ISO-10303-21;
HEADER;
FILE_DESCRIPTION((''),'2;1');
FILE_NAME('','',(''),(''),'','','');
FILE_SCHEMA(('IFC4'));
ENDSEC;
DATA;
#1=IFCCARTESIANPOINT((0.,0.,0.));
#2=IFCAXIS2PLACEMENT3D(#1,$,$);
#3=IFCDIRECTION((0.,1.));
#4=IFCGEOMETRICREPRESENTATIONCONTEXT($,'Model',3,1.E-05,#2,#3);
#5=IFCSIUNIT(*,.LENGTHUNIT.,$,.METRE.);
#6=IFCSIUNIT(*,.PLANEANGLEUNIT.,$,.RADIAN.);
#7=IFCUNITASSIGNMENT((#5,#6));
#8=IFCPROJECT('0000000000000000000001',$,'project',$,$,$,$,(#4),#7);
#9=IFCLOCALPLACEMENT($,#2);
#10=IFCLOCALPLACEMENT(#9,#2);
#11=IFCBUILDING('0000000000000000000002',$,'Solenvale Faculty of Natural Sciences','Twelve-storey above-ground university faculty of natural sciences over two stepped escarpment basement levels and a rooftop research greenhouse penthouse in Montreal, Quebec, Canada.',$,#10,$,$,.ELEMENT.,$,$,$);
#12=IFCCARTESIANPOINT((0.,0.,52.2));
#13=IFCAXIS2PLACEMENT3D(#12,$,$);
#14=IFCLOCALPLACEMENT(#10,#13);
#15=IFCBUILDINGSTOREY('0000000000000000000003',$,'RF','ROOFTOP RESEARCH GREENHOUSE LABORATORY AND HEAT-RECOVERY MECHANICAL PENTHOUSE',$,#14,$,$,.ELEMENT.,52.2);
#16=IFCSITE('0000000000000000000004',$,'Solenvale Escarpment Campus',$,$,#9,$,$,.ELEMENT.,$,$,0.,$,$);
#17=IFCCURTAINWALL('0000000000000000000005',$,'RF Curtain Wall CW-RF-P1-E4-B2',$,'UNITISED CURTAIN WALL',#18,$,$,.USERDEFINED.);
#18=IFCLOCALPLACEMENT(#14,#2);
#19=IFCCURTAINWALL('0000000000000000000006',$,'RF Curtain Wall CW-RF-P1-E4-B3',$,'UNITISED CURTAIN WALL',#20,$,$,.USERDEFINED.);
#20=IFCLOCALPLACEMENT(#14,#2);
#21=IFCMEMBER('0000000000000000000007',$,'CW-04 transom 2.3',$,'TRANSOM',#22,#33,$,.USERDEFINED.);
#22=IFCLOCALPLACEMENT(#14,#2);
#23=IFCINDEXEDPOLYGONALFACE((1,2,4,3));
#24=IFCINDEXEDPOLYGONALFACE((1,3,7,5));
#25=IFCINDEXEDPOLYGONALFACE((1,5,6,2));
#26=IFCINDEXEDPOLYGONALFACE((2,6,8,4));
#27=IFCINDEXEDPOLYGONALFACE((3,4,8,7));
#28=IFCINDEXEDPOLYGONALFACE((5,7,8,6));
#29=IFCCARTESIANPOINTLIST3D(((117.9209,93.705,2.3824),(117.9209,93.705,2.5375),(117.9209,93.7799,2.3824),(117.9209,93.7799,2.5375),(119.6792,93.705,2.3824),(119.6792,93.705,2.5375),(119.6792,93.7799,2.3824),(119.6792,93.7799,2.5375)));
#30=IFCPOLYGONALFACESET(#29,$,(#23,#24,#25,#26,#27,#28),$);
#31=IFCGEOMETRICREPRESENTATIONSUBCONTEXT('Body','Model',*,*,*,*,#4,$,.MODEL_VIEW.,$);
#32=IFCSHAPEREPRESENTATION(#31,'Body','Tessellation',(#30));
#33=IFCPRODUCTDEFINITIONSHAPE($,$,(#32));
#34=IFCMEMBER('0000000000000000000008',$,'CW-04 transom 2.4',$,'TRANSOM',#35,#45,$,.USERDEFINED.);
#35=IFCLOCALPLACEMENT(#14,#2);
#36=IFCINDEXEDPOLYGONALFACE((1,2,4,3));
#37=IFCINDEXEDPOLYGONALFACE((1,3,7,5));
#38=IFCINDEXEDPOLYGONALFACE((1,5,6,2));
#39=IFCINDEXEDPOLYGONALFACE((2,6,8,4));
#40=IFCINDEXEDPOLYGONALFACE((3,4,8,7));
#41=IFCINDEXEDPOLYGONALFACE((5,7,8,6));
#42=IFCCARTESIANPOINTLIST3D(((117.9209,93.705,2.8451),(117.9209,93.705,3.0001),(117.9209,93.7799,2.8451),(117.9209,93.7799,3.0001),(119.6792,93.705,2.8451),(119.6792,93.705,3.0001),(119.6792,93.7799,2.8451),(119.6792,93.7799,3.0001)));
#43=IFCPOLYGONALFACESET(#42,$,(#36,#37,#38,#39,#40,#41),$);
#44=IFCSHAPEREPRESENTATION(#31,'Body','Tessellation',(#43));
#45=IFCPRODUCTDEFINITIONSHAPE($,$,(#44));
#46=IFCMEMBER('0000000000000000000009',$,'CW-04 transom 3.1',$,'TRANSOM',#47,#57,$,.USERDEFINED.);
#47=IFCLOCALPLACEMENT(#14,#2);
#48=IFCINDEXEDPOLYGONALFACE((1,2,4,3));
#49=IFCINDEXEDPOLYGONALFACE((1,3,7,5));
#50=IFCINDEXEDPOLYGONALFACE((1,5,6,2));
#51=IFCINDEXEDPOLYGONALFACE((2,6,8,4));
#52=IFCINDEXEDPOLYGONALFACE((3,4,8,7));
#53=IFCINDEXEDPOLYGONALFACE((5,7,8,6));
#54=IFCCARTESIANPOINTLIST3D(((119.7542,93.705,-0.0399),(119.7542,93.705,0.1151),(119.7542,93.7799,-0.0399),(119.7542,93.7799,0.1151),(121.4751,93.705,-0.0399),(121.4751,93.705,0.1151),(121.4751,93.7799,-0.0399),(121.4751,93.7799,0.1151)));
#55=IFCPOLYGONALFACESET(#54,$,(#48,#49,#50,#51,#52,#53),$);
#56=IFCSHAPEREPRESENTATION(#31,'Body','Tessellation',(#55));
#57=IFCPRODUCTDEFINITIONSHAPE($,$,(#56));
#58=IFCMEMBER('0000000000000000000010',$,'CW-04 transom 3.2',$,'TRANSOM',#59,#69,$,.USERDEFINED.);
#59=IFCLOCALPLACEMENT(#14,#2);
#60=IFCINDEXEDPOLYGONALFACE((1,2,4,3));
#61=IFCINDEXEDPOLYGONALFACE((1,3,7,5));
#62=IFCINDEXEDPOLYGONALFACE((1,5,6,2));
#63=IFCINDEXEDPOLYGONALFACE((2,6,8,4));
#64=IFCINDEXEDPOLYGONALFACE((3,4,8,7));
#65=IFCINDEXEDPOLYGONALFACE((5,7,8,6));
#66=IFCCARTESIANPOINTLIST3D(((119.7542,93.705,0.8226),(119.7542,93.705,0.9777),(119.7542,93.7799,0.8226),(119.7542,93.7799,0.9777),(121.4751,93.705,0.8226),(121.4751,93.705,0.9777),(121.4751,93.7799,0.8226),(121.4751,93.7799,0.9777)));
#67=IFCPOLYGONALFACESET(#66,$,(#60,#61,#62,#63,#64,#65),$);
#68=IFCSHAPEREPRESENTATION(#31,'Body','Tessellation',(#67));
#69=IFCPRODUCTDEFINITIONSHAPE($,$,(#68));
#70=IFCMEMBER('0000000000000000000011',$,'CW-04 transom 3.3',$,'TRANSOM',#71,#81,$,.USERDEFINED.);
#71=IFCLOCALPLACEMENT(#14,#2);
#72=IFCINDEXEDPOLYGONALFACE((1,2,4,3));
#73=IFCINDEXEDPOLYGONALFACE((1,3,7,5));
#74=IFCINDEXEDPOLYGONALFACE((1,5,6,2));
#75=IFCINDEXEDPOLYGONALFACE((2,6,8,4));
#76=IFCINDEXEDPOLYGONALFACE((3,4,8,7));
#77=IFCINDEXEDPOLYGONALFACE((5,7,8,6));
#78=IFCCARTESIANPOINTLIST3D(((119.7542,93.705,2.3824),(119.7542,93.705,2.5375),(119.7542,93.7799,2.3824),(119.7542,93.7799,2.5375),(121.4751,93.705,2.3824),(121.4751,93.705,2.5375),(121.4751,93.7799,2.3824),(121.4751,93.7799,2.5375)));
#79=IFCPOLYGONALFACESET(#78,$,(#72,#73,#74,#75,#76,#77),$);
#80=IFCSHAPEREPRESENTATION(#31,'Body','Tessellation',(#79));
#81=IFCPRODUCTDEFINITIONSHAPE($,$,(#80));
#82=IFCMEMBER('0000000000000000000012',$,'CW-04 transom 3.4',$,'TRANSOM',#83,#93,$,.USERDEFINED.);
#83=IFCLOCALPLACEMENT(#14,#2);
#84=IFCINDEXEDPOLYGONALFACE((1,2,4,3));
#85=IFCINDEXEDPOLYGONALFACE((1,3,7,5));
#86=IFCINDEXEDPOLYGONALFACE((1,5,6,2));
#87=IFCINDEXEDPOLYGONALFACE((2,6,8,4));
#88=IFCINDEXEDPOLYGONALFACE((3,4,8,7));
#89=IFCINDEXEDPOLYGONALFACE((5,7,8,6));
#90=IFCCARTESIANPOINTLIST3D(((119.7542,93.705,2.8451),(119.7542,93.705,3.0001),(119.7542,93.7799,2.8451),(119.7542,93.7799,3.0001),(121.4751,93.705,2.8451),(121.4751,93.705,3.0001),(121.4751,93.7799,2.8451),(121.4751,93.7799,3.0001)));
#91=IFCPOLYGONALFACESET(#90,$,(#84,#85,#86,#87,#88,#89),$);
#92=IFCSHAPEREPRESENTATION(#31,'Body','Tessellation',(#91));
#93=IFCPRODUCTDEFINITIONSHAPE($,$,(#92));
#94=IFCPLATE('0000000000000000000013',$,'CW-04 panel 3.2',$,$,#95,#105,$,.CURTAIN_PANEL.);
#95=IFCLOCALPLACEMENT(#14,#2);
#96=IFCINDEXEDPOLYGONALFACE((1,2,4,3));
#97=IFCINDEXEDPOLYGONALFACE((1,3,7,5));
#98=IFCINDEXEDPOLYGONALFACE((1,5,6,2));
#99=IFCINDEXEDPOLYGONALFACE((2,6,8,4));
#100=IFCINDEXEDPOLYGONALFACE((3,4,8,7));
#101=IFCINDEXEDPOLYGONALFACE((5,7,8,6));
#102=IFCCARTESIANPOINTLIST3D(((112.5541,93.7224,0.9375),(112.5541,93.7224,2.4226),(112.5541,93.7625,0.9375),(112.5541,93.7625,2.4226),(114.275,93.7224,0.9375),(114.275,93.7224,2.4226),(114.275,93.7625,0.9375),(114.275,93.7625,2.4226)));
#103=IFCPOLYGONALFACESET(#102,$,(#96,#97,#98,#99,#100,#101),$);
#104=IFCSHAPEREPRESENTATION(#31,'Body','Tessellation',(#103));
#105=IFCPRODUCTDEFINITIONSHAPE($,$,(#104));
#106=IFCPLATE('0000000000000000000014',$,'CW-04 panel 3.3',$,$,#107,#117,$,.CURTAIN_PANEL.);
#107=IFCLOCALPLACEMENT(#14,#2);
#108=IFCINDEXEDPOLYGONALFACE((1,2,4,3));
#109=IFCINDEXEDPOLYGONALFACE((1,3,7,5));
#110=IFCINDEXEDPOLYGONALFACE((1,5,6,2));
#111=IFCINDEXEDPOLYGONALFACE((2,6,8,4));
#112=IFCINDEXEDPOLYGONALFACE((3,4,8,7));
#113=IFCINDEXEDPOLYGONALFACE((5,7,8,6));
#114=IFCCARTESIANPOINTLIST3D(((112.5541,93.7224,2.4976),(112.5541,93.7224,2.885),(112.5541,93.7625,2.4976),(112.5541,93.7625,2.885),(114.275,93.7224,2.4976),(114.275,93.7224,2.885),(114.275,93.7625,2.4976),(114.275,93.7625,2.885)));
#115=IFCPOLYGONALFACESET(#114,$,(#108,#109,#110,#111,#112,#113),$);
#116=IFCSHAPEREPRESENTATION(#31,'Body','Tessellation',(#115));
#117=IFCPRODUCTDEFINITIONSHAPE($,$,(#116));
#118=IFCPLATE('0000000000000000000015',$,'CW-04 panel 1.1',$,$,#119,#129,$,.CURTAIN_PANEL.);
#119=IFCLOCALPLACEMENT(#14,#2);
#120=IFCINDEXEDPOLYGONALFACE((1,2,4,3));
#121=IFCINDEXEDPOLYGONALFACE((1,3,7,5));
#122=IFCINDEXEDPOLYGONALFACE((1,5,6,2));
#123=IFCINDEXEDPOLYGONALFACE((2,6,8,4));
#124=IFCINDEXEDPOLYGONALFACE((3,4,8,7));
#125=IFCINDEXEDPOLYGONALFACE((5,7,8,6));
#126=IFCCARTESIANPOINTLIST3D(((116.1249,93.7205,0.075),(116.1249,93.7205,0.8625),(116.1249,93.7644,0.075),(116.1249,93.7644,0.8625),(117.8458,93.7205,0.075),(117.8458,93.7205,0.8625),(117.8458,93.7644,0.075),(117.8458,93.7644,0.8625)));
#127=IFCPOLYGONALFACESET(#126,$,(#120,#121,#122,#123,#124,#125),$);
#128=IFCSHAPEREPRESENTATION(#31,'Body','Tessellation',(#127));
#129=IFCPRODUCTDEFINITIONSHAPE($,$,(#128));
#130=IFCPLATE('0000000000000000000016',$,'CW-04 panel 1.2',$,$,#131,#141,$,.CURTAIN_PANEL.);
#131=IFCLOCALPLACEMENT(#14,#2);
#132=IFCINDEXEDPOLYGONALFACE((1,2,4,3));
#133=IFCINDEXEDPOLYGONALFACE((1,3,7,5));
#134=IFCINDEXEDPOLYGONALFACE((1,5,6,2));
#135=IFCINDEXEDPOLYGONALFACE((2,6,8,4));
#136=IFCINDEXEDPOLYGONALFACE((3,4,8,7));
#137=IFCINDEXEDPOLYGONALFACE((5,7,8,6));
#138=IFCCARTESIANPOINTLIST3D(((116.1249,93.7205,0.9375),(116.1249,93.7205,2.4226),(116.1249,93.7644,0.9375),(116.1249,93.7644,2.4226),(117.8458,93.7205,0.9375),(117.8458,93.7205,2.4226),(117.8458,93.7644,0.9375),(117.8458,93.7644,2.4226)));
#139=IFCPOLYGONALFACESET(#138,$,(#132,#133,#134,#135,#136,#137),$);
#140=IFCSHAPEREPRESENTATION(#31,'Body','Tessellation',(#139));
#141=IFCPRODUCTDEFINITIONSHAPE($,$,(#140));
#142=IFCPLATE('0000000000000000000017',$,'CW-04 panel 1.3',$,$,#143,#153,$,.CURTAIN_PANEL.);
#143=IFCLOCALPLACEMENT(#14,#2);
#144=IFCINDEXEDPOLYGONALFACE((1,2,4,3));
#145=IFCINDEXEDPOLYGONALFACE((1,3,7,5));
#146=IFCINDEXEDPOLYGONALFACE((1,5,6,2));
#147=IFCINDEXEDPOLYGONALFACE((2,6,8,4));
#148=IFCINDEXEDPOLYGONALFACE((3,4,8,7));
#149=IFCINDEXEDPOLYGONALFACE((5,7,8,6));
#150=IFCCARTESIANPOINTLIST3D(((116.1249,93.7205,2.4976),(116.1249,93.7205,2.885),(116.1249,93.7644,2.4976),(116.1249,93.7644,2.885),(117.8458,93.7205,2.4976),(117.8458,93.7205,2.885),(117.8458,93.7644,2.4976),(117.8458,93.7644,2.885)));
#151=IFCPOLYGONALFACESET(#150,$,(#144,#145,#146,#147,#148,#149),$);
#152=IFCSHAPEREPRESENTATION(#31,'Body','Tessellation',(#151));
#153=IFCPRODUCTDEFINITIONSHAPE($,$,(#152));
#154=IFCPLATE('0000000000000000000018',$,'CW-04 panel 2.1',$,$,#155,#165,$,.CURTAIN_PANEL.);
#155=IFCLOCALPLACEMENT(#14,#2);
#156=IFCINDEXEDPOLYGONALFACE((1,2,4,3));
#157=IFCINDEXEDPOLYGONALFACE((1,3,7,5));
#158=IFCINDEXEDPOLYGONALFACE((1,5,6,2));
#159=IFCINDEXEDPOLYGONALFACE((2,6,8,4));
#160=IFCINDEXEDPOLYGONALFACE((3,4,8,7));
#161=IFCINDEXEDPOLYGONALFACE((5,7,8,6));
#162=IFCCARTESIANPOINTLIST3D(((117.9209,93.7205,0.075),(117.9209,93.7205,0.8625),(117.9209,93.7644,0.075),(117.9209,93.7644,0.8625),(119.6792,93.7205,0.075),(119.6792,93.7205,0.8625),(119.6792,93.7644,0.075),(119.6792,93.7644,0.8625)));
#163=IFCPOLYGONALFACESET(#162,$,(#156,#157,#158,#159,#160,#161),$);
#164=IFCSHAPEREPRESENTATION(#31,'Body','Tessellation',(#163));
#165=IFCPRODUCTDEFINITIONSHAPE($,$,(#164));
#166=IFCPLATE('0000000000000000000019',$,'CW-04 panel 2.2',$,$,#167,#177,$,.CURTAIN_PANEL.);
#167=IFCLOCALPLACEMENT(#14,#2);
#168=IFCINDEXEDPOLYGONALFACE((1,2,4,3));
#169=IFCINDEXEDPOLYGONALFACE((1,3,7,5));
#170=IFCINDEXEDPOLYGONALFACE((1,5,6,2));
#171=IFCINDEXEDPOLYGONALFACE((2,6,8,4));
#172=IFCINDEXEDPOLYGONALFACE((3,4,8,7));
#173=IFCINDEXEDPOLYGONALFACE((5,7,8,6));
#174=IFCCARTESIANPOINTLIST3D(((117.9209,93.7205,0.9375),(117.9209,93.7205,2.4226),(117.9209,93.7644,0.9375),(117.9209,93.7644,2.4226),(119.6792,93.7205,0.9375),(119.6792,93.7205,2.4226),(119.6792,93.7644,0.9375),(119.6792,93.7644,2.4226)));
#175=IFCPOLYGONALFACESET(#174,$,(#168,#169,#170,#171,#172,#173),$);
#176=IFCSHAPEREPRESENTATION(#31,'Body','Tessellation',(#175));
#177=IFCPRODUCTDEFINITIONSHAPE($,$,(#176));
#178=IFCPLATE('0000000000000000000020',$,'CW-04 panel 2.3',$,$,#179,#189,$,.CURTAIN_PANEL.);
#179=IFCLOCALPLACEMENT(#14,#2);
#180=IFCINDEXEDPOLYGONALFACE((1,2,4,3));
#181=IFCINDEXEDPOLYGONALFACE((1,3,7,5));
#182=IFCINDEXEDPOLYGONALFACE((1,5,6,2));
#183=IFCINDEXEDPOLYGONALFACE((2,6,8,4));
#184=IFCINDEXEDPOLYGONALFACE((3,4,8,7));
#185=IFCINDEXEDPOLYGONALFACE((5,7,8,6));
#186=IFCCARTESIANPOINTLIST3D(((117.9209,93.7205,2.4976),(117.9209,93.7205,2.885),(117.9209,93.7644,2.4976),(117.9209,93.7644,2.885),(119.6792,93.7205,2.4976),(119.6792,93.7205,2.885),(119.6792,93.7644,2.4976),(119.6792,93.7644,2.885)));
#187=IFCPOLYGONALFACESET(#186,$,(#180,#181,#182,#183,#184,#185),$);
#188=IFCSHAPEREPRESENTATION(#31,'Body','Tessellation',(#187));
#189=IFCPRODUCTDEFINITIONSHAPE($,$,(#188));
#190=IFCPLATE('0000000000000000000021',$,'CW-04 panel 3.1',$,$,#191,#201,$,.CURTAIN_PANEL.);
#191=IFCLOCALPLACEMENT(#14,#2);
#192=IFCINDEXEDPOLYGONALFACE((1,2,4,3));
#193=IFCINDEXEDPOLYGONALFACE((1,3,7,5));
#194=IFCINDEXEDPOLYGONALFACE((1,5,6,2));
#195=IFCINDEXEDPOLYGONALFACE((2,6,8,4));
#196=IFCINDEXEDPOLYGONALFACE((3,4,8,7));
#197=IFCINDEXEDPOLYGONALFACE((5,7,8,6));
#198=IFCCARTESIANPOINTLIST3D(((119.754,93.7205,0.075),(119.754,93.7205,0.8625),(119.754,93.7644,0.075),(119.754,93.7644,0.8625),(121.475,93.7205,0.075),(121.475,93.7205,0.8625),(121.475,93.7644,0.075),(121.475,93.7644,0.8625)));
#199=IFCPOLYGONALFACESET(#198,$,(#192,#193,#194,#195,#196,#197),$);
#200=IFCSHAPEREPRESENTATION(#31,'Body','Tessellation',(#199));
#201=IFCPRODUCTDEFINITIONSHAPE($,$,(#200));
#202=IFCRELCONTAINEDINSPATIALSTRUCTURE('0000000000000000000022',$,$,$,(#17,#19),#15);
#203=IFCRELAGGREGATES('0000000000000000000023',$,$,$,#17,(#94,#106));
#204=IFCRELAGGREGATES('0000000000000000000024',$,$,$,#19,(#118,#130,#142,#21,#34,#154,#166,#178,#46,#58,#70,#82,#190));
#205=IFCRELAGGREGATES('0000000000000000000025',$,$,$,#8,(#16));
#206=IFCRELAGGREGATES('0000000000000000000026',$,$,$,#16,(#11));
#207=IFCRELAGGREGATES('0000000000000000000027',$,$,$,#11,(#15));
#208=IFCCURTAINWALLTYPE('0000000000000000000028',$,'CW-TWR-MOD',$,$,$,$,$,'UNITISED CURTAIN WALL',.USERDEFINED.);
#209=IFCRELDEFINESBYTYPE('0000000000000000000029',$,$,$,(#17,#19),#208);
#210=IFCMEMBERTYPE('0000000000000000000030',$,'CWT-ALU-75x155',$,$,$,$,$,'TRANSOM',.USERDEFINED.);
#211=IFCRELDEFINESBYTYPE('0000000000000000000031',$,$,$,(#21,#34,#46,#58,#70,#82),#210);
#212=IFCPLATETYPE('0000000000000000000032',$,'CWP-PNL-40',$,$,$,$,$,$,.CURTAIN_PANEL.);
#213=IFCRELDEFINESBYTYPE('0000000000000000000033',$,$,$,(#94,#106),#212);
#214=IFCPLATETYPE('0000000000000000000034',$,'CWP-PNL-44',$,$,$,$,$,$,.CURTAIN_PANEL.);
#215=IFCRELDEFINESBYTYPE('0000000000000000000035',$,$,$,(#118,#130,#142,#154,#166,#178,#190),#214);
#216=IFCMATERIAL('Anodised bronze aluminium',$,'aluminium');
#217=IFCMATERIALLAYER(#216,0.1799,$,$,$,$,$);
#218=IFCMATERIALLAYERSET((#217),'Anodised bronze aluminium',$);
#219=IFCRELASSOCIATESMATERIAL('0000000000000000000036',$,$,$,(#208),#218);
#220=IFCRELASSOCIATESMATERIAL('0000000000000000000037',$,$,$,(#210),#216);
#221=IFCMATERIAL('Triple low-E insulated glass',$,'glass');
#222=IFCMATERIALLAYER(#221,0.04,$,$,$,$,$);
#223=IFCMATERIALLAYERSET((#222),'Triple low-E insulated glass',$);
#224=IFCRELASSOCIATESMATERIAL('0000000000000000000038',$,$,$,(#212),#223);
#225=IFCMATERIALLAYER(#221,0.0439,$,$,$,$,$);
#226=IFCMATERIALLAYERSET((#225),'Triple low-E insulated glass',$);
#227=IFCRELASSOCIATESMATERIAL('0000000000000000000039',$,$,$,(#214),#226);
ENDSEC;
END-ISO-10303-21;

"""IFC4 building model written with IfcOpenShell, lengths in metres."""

from ifc_helpers import new_model, si_unit, direction, frame, origin, origin_2d, place, context, subcontext, project, spatial, rectangle, extrude, material, layer, layer_set, material_profile, profile_set, type_object, element, aggregate, save


model = new_model("IFC4")

# Units and contexts
model_context = context("Model", 3, precision=1e-05, world=origin(), true_north=direction((0.0, 1.0)))
body_context = subcontext(model_context, "Body", "Model", "MODEL_VIEW")
ifc_project = project(units=[si_unit("LENGTHUNIT", "METRE"), si_unit("PLANEANGLEUNIT", "RADIAN")], contexts=[model_context])

# Site, building, storey
site_placement = place(None, origin())
site = spatial("IfcSite", under=ifc_project, at=site_placement, Name="Solenvale Escarpment Campus", CompositionType="ELEMENT", RefElevation=0.0)
building_placement = place(site_placement, origin())
building = spatial("IfcBuilding", under=site, at=building_placement, Name="Solenvale Faculty of Natural Sciences", Description="Twelve-storey above-ground university faculty of natural sciences over two stepped escarpment basement levels and a rooftop research greenhouse penthouse in Montreal, Quebec, Canada.", CompositionType="ELEMENT")
storey_placement = place(building_placement, frame((0.0, 0.0, 52.2)))
storey = spatial("IfcBuildingStorey", under=building, at=storey_placement, Name="RF", Description="ROOFTOP RESEARCH GREENHOUSE LABORATORY AND HEAT-RECOVERY MECHANICAL PENTHOUSE", CompositionType="ELEMENT", Elevation=52.2)

# Curtain wall
ifc_material_1 = material(Name="Anodised bronze aluminium", Category="aluminium")
ifc_layer_1 = layer(ifc_material_1, 0.1799)
ifc_layer_set_1 = layer_set([ifc_layer_1], Name="Anodised bronze aluminium")
curtain_wall_type = type_object("IfcCurtainWallType", Name="CW-TWR-MOD", ElementType="UNITISED CURTAIN WALL", PredefinedType="USERDEFINED", material=ifc_layer_set_1)
curtain_wall_1_placement = place(storey_placement, origin())
curtain_wall_1 = element("IfcCurtainWall", 1, at=curtain_wall_1_placement, inside=storey, type_object=curtain_wall_type, Name="RF Curtain Wall CW-RF-P1-E4-B2", ObjectType="UNITISED CURTAIN WALL", PredefinedType="USERDEFINED")

# Curtain wall, members
curtain_wall_2_placement = place(storey_placement, origin())
curtain_wall_2 = element("IfcCurtainWall", 2, at=curtain_wall_2_placement, inside=storey, type_object=curtain_wall_type, Name="RF Curtain Wall CW-RF-P1-E4-B3", ObjectType="UNITISED CURTAIN WALL", PredefinedType="USERDEFINED")
ifc_material_profile_1 = material_profile(ifc_material_1, rectangle(XDim=0.075, YDim=0.155, at=origin_2d()), Name="ALU-TRN-75x155")
ifc_profile_set_1 = profile_set([ifc_material_profile_1], Name="Anodised bronze aluminium")
member_type_1 = type_object("IfcMemberType", Name="CWT-ALU-75x155", ElementType="TRANSOM", PredefinedType="USERDEFINED", material=ifc_profile_set_1)
member_1_placement = place(storey_placement, frame((117.9209, 93.7424, 2.46), z_axis=(1.0, 0.0, 0.0), x_axis=(0.0, 1.0, 0.0)))
member_1 = element("IfcMember", 3, at=member_1_placement, type_object=member_type_1, Name="CW-04 transom 2.3", ObjectType="TRANSOM", PredefinedType="USERDEFINED", context=body_context, shape_type="SweptSolid", body=[
    extrude(rectangle(XDim=0.075, YDim=0.155, at=origin_2d()), origin(), (0.0, 0.0, 1.0), 1.7583),
])
member_2_placement = place(storey_placement, frame((117.9209, 93.7424, 2.9226), z_axis=(1.0, 0.0, 0.0), x_axis=(0.0, 1.0, 0.0)))
member_2 = element("IfcMember", 4, at=member_2_placement, type_object=member_type_1, Name="CW-04 transom 2.4", ObjectType="TRANSOM", PredefinedType="USERDEFINED", context=body_context, shape_type="SweptSolid", body=[
    extrude(rectangle(XDim=0.075, YDim=0.155, at=origin_2d()), origin(), (0.0, 0.0, 1.0), 1.7583),
])
member_3_placement = place(storey_placement, frame((119.7542, 93.7424, 0.0376), z_axis=(1.0, 0.0, 0.0), x_axis=(0.0, 1.0, 0.0)))
member_3 = element("IfcMember", 5, at=member_3_placement, type_object=member_type_1, Name="CW-04 transom 3.1", ObjectType="TRANSOM", PredefinedType="USERDEFINED", context=body_context, shape_type="SweptSolid", body=[
    extrude(rectangle(XDim=0.075, YDim=0.155, at=origin_2d()), origin(), (0.0, 0.0, 1.0), 1.7209),
])
member_4_placement = place(storey_placement, frame((119.7542, 93.7424, 0.9001), z_axis=(1.0, 0.0, 0.0), x_axis=(0.0, 1.0, 0.0)))
member_4 = element("IfcMember", 6, at=member_4_placement, type_object=member_type_1, Name="CW-04 transom 3.2", ObjectType="TRANSOM", PredefinedType="USERDEFINED", context=body_context, shape_type="SweptSolid", body=[
    extrude(rectangle(XDim=0.075, YDim=0.155, at=origin_2d()), origin(), (0.0, 0.0, 1.0), 1.7209),
])
member_5_placement = place(storey_placement, frame((119.7542, 93.7424, 2.46), z_axis=(1.0, 0.0, 0.0), x_axis=(0.0, 1.0, 0.0)))
member_5 = element("IfcMember", 7, at=member_5_placement, type_object=member_type_1, Name="CW-04 transom 3.3", ObjectType="TRANSOM", PredefinedType="USERDEFINED", context=body_context, shape_type="SweptSolid", body=[
    extrude(rectangle(XDim=0.075, YDim=0.155, at=origin_2d()), origin(), (0.0, 0.0, 1.0), 1.7209),
])
member_6_placement = place(storey_placement, frame((119.7542, 93.7424, 2.9226), z_axis=(1.0, 0.0, 0.0), x_axis=(0.0, 1.0, 0.0)))
member_6 = element("IfcMember", 8, at=member_6_placement, type_object=member_type_1, Name="CW-04 transom 3.4", ObjectType="TRANSOM", PredefinedType="USERDEFINED", context=body_context, shape_type="SweptSolid", body=[
    extrude(rectangle(XDim=0.075, YDim=0.155, at=origin_2d()), origin(), (0.0, 0.0, 1.0), 1.7209),
])

# Plates
ifc_material_2 = material(Name="Triple low-E insulated glass", Category="glass")
ifc_layer_2 = layer(ifc_material_2, 0.04)
ifc_layer_set_2 = layer_set([ifc_layer_2], Name="Triple low-E insulated glass")
plate_type_1 = type_object("IfcPlateType", Name="CWP-PNL-40", PredefinedType="CURTAIN_PANEL", material=ifc_layer_set_2)
plate_1_placement = place(storey_placement, frame((113.4146, 93.7424, 0.9375), z_axis=(0.0, 0.0, 1.0), x_axis=(1.0, 0.0, 0.0)))
plate_1 = element("IfcPlate", 9, at=plate_1_placement, type_object=plate_type_1, Name="CW-04 panel 3.2", PredefinedType="CURTAIN_PANEL", context=body_context, shape_type="SweptSolid", body=[
    extrude(rectangle(XDim=1.7209, YDim=0.04, at=origin_2d()), origin(), (0.0, 0.0, 1.0), 1.4851),
])
plate_2_placement = place(storey_placement, frame((113.4146, 93.7424, 2.4976), z_axis=(0.0, 0.0, 1.0), x_axis=(1.0, 0.0, 0.0)))
plate_2 = element("IfcPlate", 10, at=plate_2_placement, type_object=plate_type_1, Name="CW-04 panel 3.3", PredefinedType="CURTAIN_PANEL", context=body_context, shape_type="SweptSolid", body=[
    extrude(rectangle(XDim=1.7209, YDim=0.04, at=origin_2d()), origin(), (0.0, 0.0, 1.0), 0.3875),
])
aggregate(curtain_wall_1, [plate_1, plate_2])
ifc_layer_3 = layer(ifc_material_2, 0.0439)
ifc_layer_set_3 = layer_set([ifc_layer_3], Name="Triple low-E insulated glass")
plate_type_2 = type_object("IfcPlateType", Name="CWP-PNL-44", PredefinedType="CURTAIN_PANEL", material=ifc_layer_set_3)
plate_3_placement = place(storey_placement, frame((116.9854, 93.7424, 0.075), z_axis=(0.0, 0.0, 1.0), x_axis=(1.0, 0.0, 0.0)))
plate_3 = element("IfcPlate", 11, at=plate_3_placement, type_object=plate_type_2, Name="CW-04 panel 1.1", PredefinedType="CURTAIN_PANEL", context=body_context, shape_type="SweptSolid", body=[
    extrude(rectangle(XDim=1.7209, YDim=0.0439, at=origin_2d()), origin(), (0.0, 0.0, 1.0), 0.7876),
])
plate_4_placement = place(storey_placement, frame((116.9854, 93.7424, 0.9375), z_axis=(0.0, 0.0, 1.0), x_axis=(1.0, 0.0, 0.0)))
plate_4 = element("IfcPlate", 12, at=plate_4_placement, type_object=plate_type_2, Name="CW-04 panel 1.2", PredefinedType="CURTAIN_PANEL", context=body_context, shape_type="SweptSolid", body=[
    extrude(rectangle(XDim=1.7209, YDim=0.0439, at=origin_2d()), origin(), (0.0, 0.0, 1.0), 1.4851),
])
plate_5_placement = place(storey_placement, frame((116.9854, 93.7424, 2.4976), z_axis=(0.0, 0.0, 1.0), x_axis=(1.0, 0.0, 0.0)))
plate_5 = element("IfcPlate", 13, at=plate_5_placement, type_object=plate_type_2, Name="CW-04 panel 1.3", PredefinedType="CURTAIN_PANEL", context=body_context, shape_type="SweptSolid", body=[
    extrude(rectangle(XDim=1.7209, YDim=0.0439, at=origin_2d()), origin(), (0.0, 0.0, 1.0), 0.3875),
])
plate_6_placement = place(storey_placement, frame((118.8, 93.7424, 0.075), z_axis=(0.0, 0.0, 1.0), x_axis=(1.0, 0.0, 0.0)))
plate_6 = element("IfcPlate", 14, at=plate_6_placement, type_object=plate_type_2, Name="CW-04 panel 2.1", PredefinedType="CURTAIN_PANEL", context=body_context, shape_type="SweptSolid", body=[
    extrude(rectangle(XDim=1.7583, YDim=0.0439, at=origin_2d()), origin(), (0.0, 0.0, 1.0), 0.7876),
])
plate_7_placement = place(storey_placement, frame((118.8, 93.7424, 0.9375), z_axis=(0.0, 0.0, 1.0), x_axis=(1.0, 0.0, 0.0)))
plate_7 = element("IfcPlate", 15, at=plate_7_placement, type_object=plate_type_2, Name="CW-04 panel 2.2", PredefinedType="CURTAIN_PANEL", context=body_context, shape_type="SweptSolid", body=[
    extrude(rectangle(XDim=1.7583, YDim=0.0439, at=origin_2d()), origin(), (0.0, 0.0, 1.0), 1.4851),
])
plate_8_placement = place(storey_placement, frame((118.8, 93.7424, 2.4976), z_axis=(0.0, 0.0, 1.0), x_axis=(1.0, 0.0, 0.0)))
plate_8 = element("IfcPlate", 16, at=plate_8_placement, type_object=plate_type_2, Name="CW-04 panel 2.3", PredefinedType="CURTAIN_PANEL", context=body_context, shape_type="SweptSolid", body=[
    extrude(rectangle(XDim=1.7583, YDim=0.0439, at=origin_2d()), origin(), (0.0, 0.0, 1.0), 0.3875),
])
plate_9_placement = place(storey_placement, frame((120.6145, 93.7424, 0.075), z_axis=(0.0, 0.0, 1.0), x_axis=(1.0, 0.0, 0.0)))
plate_9 = element("IfcPlate", 17, at=plate_9_placement, type_object=plate_type_2, Name="CW-04 panel 3.1", PredefinedType="CURTAIN_PANEL", context=body_context, shape_type="SweptSolid", body=[
    extrude(rectangle(XDim=1.7209, YDim=0.0439, at=origin_2d()), origin(), (0.0, 0.0, 1.0), 0.7876),
])
aggregate(curtain_wall_2, [plate_3, plate_4, plate_5, member_1, member_2, plate_6, plate_7, plate_8, member_3, member_4, member_5, member_6, plate_9])

save(model, "model.ifc")
